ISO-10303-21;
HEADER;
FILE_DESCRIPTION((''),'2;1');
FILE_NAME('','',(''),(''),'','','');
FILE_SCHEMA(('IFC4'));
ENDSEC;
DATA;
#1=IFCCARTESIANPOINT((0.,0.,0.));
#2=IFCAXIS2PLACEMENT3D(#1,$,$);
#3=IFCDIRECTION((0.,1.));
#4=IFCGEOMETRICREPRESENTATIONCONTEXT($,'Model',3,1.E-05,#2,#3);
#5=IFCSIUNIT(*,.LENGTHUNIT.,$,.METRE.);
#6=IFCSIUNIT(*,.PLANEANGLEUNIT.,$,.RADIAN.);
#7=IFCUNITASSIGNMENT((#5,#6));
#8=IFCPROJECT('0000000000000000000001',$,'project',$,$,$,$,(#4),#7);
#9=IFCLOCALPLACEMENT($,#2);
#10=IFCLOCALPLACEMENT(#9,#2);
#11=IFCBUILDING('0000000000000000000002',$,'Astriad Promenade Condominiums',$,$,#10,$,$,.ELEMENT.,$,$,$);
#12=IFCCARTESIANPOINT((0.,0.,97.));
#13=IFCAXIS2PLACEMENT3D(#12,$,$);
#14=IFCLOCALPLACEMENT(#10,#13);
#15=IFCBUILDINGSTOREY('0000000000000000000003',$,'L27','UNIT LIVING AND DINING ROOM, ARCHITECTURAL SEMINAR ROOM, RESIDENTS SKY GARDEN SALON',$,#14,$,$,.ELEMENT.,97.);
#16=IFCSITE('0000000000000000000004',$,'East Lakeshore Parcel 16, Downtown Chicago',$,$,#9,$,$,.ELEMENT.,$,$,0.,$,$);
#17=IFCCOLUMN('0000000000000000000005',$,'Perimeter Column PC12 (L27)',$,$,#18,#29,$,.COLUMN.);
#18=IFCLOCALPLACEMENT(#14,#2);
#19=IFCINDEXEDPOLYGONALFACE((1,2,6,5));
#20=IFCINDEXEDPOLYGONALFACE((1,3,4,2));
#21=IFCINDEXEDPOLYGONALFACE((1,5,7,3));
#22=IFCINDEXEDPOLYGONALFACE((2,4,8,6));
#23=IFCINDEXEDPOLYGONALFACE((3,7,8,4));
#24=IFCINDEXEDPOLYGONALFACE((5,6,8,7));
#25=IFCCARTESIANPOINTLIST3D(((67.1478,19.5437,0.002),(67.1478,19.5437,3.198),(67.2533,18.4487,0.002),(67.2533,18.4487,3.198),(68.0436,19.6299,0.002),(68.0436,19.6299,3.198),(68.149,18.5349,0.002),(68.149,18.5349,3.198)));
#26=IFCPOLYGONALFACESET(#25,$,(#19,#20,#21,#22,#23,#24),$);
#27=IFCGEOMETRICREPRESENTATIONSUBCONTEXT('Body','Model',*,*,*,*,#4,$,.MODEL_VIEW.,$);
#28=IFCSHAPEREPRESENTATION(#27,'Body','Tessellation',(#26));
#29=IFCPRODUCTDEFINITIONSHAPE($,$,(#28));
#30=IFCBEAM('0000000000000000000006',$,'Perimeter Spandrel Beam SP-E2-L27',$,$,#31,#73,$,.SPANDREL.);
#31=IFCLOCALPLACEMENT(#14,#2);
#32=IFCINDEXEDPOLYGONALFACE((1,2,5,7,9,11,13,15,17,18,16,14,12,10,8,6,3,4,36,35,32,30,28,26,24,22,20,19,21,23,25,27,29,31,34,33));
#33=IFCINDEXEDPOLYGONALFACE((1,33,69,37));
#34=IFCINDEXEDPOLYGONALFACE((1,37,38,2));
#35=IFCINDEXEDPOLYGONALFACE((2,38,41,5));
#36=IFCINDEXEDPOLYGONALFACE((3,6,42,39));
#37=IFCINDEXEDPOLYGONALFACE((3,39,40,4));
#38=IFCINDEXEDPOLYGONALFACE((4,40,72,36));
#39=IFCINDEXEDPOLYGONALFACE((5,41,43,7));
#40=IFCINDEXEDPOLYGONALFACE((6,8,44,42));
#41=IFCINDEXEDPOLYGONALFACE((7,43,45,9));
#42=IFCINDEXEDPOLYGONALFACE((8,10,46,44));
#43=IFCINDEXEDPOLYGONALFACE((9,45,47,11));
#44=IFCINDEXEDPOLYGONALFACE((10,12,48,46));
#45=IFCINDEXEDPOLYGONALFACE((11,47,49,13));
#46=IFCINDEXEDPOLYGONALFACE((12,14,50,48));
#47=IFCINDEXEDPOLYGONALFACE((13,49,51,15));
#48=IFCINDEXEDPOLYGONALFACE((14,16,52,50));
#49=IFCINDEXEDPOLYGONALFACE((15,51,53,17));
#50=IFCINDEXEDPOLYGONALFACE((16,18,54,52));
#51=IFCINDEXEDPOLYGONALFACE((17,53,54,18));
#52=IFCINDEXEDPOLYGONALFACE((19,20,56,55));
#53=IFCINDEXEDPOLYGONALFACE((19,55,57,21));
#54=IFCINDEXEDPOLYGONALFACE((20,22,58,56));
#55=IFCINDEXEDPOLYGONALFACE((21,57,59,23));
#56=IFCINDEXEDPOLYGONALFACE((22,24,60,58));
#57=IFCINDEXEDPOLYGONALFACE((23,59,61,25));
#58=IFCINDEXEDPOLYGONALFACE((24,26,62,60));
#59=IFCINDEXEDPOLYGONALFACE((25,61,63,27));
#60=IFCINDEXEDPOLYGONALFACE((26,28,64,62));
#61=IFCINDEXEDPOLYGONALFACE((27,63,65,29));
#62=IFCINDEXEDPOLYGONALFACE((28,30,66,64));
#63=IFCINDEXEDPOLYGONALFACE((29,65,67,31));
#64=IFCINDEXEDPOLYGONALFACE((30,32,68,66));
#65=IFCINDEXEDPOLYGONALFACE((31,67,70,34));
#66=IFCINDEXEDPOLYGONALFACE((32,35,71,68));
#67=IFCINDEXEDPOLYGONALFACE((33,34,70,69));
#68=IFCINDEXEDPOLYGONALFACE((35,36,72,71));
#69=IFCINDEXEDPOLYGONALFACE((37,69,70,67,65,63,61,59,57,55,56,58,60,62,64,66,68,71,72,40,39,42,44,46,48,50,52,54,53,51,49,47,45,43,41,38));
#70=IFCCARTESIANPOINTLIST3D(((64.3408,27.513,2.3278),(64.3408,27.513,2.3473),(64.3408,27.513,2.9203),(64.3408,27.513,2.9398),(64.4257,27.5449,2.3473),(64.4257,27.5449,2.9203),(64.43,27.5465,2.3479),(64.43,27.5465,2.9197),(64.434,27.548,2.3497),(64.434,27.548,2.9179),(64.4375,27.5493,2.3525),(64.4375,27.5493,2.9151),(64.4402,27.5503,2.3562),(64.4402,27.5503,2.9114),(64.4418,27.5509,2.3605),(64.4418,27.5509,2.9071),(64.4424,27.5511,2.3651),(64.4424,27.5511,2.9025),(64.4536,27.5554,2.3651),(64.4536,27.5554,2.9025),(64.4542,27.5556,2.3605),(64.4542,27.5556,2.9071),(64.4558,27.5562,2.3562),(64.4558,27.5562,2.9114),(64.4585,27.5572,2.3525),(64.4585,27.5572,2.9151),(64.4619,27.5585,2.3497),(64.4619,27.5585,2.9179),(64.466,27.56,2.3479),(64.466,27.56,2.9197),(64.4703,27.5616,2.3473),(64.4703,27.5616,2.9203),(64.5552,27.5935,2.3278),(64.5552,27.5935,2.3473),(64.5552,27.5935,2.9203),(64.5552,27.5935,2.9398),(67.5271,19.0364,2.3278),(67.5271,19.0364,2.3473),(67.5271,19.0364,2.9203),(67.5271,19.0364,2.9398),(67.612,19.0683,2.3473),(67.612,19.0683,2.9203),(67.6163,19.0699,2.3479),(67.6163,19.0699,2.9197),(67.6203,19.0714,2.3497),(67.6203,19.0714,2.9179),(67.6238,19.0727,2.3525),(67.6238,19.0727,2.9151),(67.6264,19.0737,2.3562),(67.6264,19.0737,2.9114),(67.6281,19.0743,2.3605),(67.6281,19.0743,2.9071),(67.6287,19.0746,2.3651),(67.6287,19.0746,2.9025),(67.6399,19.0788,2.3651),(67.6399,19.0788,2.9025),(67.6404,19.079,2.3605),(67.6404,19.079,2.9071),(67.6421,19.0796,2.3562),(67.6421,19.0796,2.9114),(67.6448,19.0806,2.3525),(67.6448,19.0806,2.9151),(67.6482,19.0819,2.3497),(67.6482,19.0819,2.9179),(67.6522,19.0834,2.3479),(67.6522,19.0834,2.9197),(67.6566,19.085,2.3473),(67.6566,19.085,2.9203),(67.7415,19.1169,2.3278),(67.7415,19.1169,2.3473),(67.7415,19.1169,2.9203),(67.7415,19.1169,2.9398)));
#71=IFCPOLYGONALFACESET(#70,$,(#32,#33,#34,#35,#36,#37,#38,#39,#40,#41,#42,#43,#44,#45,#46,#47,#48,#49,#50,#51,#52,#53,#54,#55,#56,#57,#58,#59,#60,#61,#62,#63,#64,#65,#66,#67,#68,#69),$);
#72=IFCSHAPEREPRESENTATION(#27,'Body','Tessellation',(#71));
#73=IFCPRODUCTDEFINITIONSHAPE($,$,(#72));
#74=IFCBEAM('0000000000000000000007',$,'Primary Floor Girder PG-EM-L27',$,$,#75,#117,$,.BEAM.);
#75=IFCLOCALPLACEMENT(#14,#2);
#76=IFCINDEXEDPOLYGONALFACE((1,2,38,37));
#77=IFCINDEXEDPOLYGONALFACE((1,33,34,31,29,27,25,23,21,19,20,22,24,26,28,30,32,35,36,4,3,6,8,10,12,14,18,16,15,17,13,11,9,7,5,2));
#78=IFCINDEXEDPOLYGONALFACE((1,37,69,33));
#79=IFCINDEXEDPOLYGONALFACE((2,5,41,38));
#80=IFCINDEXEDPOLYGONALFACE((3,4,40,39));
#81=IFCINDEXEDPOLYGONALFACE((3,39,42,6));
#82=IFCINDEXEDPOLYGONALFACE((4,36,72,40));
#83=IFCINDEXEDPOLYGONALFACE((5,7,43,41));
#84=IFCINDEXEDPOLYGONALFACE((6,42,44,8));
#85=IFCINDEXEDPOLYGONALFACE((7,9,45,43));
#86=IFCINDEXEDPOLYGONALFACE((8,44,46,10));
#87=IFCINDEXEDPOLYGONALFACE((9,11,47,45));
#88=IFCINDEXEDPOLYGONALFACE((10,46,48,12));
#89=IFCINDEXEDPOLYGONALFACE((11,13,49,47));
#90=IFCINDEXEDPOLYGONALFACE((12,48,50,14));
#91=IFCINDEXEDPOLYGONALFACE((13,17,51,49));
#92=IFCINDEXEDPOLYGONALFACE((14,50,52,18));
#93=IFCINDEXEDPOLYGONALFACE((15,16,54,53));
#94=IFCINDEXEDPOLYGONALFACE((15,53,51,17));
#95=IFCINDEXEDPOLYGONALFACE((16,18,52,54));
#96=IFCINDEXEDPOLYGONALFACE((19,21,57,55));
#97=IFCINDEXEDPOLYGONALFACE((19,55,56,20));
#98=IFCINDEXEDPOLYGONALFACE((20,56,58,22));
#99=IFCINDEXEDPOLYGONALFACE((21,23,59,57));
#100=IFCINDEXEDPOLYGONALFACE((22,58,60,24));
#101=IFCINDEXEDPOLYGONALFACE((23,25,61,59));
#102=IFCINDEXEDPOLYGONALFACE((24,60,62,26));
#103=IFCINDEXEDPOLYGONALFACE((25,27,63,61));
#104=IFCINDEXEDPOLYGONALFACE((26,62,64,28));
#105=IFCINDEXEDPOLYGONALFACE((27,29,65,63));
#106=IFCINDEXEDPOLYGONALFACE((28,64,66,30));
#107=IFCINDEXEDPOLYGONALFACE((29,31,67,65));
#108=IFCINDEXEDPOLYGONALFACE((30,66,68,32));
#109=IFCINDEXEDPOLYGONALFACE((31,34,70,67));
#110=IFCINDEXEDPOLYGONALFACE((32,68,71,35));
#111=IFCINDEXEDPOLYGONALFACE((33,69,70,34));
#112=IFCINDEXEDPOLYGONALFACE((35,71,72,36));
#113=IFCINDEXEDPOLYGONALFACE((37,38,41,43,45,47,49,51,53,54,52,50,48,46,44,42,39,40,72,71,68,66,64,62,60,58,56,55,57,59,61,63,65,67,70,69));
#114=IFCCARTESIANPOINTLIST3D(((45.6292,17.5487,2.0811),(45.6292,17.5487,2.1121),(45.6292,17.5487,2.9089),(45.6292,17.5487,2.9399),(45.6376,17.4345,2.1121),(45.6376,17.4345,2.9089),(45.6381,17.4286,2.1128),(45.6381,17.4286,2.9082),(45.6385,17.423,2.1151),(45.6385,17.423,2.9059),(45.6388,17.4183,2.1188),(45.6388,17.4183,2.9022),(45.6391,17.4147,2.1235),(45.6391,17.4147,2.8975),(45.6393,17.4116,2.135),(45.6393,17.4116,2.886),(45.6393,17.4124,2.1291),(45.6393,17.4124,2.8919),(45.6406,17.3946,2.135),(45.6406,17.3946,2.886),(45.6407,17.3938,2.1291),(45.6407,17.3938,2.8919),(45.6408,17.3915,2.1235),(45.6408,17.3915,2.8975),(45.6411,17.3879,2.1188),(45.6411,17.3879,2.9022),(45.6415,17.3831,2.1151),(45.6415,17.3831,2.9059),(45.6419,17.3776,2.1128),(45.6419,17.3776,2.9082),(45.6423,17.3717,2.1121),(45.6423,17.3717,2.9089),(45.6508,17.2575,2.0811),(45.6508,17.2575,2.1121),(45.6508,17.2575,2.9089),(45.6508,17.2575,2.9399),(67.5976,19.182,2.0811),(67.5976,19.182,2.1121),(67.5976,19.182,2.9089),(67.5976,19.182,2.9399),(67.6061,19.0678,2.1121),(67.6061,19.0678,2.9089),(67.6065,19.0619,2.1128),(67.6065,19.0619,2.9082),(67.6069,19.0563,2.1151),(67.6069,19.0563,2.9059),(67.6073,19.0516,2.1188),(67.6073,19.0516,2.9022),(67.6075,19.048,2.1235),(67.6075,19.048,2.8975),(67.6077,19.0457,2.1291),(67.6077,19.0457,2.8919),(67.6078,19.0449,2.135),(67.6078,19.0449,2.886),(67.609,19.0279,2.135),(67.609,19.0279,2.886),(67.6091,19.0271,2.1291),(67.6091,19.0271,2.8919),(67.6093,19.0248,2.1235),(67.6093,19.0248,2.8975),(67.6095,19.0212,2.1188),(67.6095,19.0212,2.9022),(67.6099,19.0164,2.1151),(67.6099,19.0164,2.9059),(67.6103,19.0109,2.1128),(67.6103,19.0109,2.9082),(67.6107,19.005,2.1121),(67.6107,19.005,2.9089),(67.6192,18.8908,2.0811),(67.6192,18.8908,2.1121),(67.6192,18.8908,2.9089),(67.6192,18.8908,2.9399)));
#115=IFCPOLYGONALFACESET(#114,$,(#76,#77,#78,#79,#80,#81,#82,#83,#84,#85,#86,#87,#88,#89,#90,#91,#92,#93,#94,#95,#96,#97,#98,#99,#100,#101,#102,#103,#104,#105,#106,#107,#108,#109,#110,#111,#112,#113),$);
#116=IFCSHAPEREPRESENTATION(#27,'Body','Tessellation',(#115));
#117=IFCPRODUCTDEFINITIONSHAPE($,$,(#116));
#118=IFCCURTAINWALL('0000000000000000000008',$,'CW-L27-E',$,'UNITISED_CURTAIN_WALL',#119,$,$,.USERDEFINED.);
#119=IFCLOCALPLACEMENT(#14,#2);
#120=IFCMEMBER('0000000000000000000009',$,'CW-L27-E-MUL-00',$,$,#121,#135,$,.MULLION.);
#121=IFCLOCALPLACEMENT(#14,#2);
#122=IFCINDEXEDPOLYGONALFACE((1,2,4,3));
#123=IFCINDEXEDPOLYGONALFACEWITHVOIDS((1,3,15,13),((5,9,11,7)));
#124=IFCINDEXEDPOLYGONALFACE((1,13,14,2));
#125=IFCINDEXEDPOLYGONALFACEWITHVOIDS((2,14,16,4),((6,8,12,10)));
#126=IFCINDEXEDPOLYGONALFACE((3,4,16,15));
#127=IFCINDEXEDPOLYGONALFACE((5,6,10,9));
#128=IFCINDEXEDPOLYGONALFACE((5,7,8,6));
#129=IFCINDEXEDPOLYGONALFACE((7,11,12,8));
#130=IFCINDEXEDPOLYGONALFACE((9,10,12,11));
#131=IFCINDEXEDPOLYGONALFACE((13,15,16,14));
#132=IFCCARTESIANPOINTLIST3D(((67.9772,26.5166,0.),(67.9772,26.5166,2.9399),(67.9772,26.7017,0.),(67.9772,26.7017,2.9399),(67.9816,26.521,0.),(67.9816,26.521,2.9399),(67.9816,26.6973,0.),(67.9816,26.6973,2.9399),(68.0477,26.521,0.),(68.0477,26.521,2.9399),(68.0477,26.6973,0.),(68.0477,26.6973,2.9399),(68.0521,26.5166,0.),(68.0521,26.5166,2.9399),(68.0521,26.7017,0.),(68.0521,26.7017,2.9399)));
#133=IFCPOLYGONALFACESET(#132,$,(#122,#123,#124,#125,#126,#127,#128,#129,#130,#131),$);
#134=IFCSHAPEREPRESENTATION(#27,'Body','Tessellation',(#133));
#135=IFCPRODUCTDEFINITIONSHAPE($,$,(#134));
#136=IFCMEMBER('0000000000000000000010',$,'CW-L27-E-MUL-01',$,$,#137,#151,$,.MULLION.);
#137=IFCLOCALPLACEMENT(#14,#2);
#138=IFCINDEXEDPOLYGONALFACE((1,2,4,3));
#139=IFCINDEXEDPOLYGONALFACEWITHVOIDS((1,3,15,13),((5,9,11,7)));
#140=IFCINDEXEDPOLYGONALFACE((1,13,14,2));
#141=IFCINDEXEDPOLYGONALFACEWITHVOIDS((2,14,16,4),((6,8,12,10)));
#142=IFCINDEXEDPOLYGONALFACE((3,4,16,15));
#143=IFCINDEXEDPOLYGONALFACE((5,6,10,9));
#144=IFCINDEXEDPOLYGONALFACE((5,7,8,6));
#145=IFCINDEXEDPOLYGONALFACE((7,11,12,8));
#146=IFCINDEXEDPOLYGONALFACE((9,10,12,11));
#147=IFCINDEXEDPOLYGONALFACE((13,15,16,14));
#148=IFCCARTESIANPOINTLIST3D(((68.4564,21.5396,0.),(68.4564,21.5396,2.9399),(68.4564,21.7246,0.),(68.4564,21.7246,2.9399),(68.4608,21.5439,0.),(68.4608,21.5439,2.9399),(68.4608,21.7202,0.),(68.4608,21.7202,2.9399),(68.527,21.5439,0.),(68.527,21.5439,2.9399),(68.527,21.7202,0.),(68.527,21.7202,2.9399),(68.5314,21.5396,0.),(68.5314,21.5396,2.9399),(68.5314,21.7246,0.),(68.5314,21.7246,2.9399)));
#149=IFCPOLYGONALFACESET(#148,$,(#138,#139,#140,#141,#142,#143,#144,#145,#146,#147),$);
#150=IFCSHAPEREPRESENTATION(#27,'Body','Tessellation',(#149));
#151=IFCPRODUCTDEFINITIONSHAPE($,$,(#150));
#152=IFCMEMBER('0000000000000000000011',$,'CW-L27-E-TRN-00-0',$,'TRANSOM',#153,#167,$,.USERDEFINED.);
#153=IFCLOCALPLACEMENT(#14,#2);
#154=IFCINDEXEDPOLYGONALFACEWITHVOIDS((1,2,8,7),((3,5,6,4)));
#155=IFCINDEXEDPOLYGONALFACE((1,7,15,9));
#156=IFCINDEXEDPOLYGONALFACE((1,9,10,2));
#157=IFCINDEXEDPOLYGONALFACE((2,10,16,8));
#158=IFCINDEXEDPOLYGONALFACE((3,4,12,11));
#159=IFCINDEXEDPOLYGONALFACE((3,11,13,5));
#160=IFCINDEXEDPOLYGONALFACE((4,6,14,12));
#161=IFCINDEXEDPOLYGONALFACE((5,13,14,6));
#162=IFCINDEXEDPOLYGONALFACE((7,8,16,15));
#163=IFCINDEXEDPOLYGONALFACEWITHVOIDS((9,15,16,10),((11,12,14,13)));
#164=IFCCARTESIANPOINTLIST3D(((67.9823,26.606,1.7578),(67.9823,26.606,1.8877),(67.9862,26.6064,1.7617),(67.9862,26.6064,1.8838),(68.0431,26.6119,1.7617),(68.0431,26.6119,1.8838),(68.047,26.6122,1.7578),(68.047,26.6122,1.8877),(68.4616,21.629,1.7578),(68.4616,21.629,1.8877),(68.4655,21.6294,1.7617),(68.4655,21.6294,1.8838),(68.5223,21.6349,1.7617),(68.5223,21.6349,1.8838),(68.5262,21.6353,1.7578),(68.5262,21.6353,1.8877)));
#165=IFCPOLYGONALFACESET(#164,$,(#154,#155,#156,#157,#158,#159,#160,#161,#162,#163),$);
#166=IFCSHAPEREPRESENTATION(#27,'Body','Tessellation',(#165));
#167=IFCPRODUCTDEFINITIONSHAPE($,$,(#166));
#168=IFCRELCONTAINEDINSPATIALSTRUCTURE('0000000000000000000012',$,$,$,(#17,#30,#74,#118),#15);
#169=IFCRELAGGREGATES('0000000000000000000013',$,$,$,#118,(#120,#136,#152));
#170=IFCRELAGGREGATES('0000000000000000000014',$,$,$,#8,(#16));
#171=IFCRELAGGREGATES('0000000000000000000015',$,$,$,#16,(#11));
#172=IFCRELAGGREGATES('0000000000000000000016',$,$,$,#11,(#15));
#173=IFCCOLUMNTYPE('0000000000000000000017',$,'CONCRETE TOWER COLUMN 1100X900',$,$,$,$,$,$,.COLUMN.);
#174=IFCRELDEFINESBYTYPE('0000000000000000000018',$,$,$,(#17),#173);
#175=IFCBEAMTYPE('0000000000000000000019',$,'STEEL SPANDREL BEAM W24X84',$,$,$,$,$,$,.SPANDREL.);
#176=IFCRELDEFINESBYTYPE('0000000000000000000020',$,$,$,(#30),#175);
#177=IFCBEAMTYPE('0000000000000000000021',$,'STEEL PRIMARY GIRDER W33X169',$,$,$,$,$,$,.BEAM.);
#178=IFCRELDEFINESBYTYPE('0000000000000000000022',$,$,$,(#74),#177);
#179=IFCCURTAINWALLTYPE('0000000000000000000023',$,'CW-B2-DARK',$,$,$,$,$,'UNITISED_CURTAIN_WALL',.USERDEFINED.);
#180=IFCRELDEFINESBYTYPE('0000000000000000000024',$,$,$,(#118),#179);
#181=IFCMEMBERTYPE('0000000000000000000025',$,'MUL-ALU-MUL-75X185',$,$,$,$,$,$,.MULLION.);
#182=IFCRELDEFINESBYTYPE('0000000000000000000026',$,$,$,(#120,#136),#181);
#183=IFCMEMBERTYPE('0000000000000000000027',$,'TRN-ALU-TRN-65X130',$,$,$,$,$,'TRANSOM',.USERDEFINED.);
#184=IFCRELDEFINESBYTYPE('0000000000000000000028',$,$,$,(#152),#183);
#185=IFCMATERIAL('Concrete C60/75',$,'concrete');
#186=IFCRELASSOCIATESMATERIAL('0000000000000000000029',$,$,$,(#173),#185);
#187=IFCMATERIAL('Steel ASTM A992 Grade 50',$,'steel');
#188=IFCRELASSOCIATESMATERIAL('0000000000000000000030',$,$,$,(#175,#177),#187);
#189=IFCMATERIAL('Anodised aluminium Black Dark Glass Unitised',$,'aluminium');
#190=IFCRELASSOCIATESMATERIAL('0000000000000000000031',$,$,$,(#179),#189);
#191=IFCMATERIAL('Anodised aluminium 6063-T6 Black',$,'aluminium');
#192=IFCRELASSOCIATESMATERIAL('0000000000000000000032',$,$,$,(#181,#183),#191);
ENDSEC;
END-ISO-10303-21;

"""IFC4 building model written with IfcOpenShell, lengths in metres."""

from ifc_helpers import new_model, si_unit, direction, frame, origin, origin_2d, place, context, subcontext, project, spatial, rectangle, hollow_rectangle, i_section, extrude, source, transform, mapped, material, material_profile, profile_set, type_object, type_shapes, element, aggregate, save


model = new_model("IFC4")

# Units and contexts
model_context = context("Model", 3, precision=1e-05, world=origin(), true_north=direction((0.0, 1.0)))
body_context = subcontext(model_context, "Body", "Model", "MODEL_VIEW")
ifc_project = project(units=[si_unit("LENGTHUNIT", "METRE"), si_unit("PLANEANGLEUNIT", "RADIAN")], contexts=[model_context])

# Site, building, storey
site_placement = place(None, origin())
site = spatial("IfcSite", under=ifc_project, at=site_placement, Name="East Lakeshore Parcel 16, Downtown Chicago", CompositionType="ELEMENT", RefElevation=0.0)
building_placement = place(site_placement, origin())
building = spatial("IfcBuilding", under=site, at=building_placement, Name="Astriad Promenade Condominiums", CompositionType="ELEMENT")
storey_placement = place(building_placement, frame((0.0, 0.0, 97.0)))
storey = spatial("IfcBuildingStorey", under=building, at=storey_placement, Name="L27", Description="UNIT LIVING AND DINING ROOM, ARCHITECTURAL SEMINAR ROOM, RESIDENTS SKY GARDEN SALON", CompositionType="ELEMENT", Elevation=97.0)

# Column
ifc_material_1 = material(Name="Concrete C60/75", Category="concrete")
ifc_material_profile_1 = material_profile(ifc_material_1, rectangle(XDim=0.8999, YDim=1.1001, at=origin_2d()), Name="RC-COL-1100X900")
ifc_profile_set_1 = profile_set([ifc_material_profile_1], Name="Concrete C60/75")
column_type = type_object("IfcColumnType", Name="CONCRETE TOWER COLUMN 1100X900", PredefinedType="COLUMN", material=ifc_profile_set_1)
shared_shape_1 = source(origin(), body_context, "Body", "SweptSolid", [
    extrude(rectangle(XDim=0.8999, YDim=1.1001, at=origin_2d()), origin(), (0.0, 0.0, 1.0), 3.196),
])
type_shapes(column_type, [shared_shape_1])
column_placement = place(storey_placement, frame((67.6484, 19.0393, 0.002), z_axis=(0.0, 0.0, 1.0), x_axis=(0.995396, 0.095846, 0.0)))
element("IfcColumn", 1, at=column_placement, inside=storey, type_object=column_type, Name="Perimeter Column PC12 (L27)", PredefinedType="COLUMN", context=body_context, shape_type="MappedRepresentation", body=[
    mapped(shared_shape_1, transform((0.0, 0.0, 0.0), scale=1.0)),
])

# Beams
ifc_material_2 = material(Name="Steel ASTM A992 Grade 50", Category="steel")
ifc_material_profile_2 = material_profile(ifc_material_2, i_section(OverallWidth=0.229, OverallDepth=0.6121, WebThickness=0.012, FlangeThickness=0.0195, FilletRadius=0.0178, at=origin_2d()), Name="W24X84")
ifc_profile_set_2 = profile_set([ifc_material_profile_2], Name="Steel ASTM A992 Grade 50")
beam_type_1 = type_object("IfcBeamType", Name="STEEL SPANDREL BEAM W24X84", PredefinedType="SPANDREL", material=ifc_profile_set_2)
shared_shape_2 = source(origin(), body_context, "Body", "SweptSolid", [
    extrude(i_section(OverallWidth=0.229, OverallDepth=0.6121, WebThickness=0.012, FlangeThickness=0.0195, FilletRadius=0.0178, at=origin_2d()), origin(), (0.0, 0.0, 1.0), 9.0557),
])
type_shapes(beam_type_1, [shared_shape_2])
beam_1_placement = place(storey_placement, frame((67.6343, 19.0767, 2.6338), z_axis=(-0.351856, 0.936054, 0.0), x_axis=(-0.936054, -0.351856, 0.0)))
element("IfcBeam", 2, at=beam_1_placement, inside=storey, type_object=beam_type_1, Name="Perimeter Spandrel Beam SP-E2-L27", PredefinedType="SPANDREL", context=body_context, shape_type="MappedRepresentation", body=[
    mapped(shared_shape_2, transform((0.0, 0.0, 0.0), scale=1.0)),
])
ifc_material_profile_3 = material_profile(ifc_material_2, i_section(OverallWidth=0.292, OverallDepth=0.8589, WebThickness=0.0171, FlangeThickness=0.031, FilletRadius=0.0229, at=origin_2d()), Name="W33X169")
ifc_profile_set_3 = profile_set([ifc_material_profile_3], Name="Steel ASTM A992 Grade 50")
beam_type_2 = type_object("IfcBeamType", Name="STEEL PRIMARY GIRDER W33X169", PredefinedType="BEAM", material=ifc_profile_set_3)
shared_shape_3 = source(origin(), body_context, "Body", "SweptSolid", [
    extrude(i_section(OverallWidth=0.292, OverallDepth=0.8589, WebThickness=0.0171, FlangeThickness=0.031, FilletRadius=0.0229, at=origin_2d()), origin(), (0.0, 0.0, 1.0), 22.0291),
])
type_shapes(beam_type_2, [shared_shape_3])
beam_2_placement = place(storey_placement, frame((67.6084, 19.0364, 2.5105), z_axis=(-0.997248, -0.074143, 0.0), x_axis=(0.074143, -0.997248, 0.0)))
element("IfcBeam", 3, at=beam_2_placement, inside=storey, type_object=beam_type_2, Name="Primary Floor Girder PG-EM-L27", PredefinedType="BEAM", context=body_context, shape_type="MappedRepresentation", body=[
    mapped(shared_shape_3, transform((0.0, 0.0, 0.0), scale=1.0)),
])

# Curtain wall, members
ifc_material_3 = material(Name="Anodised aluminium Black Dark Glass Unitised", Category="aluminium")
curtain_wall_type = type_object("IfcCurtainWallType", Name="CW-B2-DARK", ElementType="UNITISED_CURTAIN_WALL", PredefinedType="USERDEFINED", material=ifc_material_3)
curtain_wall_placement = place(storey_placement, origin())
curtain_wall = element("IfcCurtainWall", 4, at=curtain_wall_placement, inside=storey, type_object=curtain_wall_type, Name="CW-L27-E", ObjectType="UNITISED_CURTAIN_WALL", PredefinedType="USERDEFINED")
ifc_material_4 = material(Name="Anodised aluminium 6063-T6 Black", Category="aluminium")
ifc_material_profile_4 = material_profile(ifc_material_4, hollow_rectangle(XDim=0.075, YDim=0.1851, WallThickness=0.0044, at=origin_2d()), Name="ALU-MUL-75X185")
ifc_profile_set_4 = profile_set([ifc_material_profile_4], Name="Anodised aluminium 6063-T6 Black")
member_type_1 = type_object("IfcMemberType", Name="MUL-ALU-MUL-75X185", PredefinedType="MULLION", material=ifc_profile_set_4)
shared_shape_4 = source(origin(), body_context, "Body", "SweptSolid", [
    extrude(hollow_rectangle(XDim=0.075, YDim=0.1851, WallThickness=0.0044, at=origin_2d()), origin(), (0.0, 0.0, 1.0), 2.9399),
])
type_shapes(member_type_1, [shared_shape_4])
member_1_placement = place(storey_placement, frame((68.0146, 26.6091, 0.0), z_axis=(0.0, 0.0, 1.0), x_axis=(1.0, 0.0, 0.0)))
member_1 = element("IfcMember", 5, at=member_1_placement, type_object=member_type_1, Name="CW-L27-E-MUL-00", PredefinedType="MULLION", context=body_context, shape_type="MappedRepresentation", body=[
    mapped(shared_shape_4, transform((0.0, 0.0, 0.0), scale=1.0)),
])
member_2_placement = place(storey_placement, frame((68.4939, 21.6321, 0.0), z_axis=(0.0, 0.0, 1.0), x_axis=(1.0, 0.0, 0.0)))
member_2 = element("IfcMember", 6, at=member_2_placement, type_object=member_type_1, Name="CW-L27-E-MUL-01", PredefinedType="MULLION", context=body_context, shape_type="MappedRepresentation", body=[
    mapped(shared_shape_4, transform((0.0, 0.0, 0.0), scale=1.0)),
])
ifc_material_profile_5 = material_profile(ifc_material_4, hollow_rectangle(XDim=0.0649, YDim=0.1299, WallThickness=0.0039, at=origin_2d()), Name="ALU-TRN-65X130")
ifc_profile_set_5 = profile_set([ifc_material_profile_5], Name="Anodised aluminium 6063-T6 Black")
member_type_2 = type_object("IfcMemberType", Name="TRN-ALU-TRN-65X130", ElementType="TRANSOM", PredefinedType="USERDEFINED", material=ifc_profile_set_5)
shared_shape_5 = source(origin(), body_context, "Body", "SweptSolid", [
    extrude(hollow_rectangle(XDim=0.0649, YDim=0.1299, WallThickness=0.0039, at=origin_2d()), origin(), (0.0, 0.0, 1.0), 5.0),
])
member_3_placement = place(storey_placement, frame((68.0146, 26.6091, 1.8228), z_axis=(0.095848, -0.995396, 0.0), x_axis=(0.995396, 0.095848, 0.0)))
member_3 = element("IfcMember", 7, at=member_3_placement, type_object=member_type_2, Name="CW-L27-E-TRN-00-0", ObjectType="TRANSOM", PredefinedType="USERDEFINED", context=body_context, shape_type="MappedRepresentation", body=[
    mapped(shared_shape_5, transform((0.0, 0.0, 0.0), scale=1.0)),
])
aggregate(curtain_wall, [member_1, member_2, member_3])

save(model, "model.ifc")
